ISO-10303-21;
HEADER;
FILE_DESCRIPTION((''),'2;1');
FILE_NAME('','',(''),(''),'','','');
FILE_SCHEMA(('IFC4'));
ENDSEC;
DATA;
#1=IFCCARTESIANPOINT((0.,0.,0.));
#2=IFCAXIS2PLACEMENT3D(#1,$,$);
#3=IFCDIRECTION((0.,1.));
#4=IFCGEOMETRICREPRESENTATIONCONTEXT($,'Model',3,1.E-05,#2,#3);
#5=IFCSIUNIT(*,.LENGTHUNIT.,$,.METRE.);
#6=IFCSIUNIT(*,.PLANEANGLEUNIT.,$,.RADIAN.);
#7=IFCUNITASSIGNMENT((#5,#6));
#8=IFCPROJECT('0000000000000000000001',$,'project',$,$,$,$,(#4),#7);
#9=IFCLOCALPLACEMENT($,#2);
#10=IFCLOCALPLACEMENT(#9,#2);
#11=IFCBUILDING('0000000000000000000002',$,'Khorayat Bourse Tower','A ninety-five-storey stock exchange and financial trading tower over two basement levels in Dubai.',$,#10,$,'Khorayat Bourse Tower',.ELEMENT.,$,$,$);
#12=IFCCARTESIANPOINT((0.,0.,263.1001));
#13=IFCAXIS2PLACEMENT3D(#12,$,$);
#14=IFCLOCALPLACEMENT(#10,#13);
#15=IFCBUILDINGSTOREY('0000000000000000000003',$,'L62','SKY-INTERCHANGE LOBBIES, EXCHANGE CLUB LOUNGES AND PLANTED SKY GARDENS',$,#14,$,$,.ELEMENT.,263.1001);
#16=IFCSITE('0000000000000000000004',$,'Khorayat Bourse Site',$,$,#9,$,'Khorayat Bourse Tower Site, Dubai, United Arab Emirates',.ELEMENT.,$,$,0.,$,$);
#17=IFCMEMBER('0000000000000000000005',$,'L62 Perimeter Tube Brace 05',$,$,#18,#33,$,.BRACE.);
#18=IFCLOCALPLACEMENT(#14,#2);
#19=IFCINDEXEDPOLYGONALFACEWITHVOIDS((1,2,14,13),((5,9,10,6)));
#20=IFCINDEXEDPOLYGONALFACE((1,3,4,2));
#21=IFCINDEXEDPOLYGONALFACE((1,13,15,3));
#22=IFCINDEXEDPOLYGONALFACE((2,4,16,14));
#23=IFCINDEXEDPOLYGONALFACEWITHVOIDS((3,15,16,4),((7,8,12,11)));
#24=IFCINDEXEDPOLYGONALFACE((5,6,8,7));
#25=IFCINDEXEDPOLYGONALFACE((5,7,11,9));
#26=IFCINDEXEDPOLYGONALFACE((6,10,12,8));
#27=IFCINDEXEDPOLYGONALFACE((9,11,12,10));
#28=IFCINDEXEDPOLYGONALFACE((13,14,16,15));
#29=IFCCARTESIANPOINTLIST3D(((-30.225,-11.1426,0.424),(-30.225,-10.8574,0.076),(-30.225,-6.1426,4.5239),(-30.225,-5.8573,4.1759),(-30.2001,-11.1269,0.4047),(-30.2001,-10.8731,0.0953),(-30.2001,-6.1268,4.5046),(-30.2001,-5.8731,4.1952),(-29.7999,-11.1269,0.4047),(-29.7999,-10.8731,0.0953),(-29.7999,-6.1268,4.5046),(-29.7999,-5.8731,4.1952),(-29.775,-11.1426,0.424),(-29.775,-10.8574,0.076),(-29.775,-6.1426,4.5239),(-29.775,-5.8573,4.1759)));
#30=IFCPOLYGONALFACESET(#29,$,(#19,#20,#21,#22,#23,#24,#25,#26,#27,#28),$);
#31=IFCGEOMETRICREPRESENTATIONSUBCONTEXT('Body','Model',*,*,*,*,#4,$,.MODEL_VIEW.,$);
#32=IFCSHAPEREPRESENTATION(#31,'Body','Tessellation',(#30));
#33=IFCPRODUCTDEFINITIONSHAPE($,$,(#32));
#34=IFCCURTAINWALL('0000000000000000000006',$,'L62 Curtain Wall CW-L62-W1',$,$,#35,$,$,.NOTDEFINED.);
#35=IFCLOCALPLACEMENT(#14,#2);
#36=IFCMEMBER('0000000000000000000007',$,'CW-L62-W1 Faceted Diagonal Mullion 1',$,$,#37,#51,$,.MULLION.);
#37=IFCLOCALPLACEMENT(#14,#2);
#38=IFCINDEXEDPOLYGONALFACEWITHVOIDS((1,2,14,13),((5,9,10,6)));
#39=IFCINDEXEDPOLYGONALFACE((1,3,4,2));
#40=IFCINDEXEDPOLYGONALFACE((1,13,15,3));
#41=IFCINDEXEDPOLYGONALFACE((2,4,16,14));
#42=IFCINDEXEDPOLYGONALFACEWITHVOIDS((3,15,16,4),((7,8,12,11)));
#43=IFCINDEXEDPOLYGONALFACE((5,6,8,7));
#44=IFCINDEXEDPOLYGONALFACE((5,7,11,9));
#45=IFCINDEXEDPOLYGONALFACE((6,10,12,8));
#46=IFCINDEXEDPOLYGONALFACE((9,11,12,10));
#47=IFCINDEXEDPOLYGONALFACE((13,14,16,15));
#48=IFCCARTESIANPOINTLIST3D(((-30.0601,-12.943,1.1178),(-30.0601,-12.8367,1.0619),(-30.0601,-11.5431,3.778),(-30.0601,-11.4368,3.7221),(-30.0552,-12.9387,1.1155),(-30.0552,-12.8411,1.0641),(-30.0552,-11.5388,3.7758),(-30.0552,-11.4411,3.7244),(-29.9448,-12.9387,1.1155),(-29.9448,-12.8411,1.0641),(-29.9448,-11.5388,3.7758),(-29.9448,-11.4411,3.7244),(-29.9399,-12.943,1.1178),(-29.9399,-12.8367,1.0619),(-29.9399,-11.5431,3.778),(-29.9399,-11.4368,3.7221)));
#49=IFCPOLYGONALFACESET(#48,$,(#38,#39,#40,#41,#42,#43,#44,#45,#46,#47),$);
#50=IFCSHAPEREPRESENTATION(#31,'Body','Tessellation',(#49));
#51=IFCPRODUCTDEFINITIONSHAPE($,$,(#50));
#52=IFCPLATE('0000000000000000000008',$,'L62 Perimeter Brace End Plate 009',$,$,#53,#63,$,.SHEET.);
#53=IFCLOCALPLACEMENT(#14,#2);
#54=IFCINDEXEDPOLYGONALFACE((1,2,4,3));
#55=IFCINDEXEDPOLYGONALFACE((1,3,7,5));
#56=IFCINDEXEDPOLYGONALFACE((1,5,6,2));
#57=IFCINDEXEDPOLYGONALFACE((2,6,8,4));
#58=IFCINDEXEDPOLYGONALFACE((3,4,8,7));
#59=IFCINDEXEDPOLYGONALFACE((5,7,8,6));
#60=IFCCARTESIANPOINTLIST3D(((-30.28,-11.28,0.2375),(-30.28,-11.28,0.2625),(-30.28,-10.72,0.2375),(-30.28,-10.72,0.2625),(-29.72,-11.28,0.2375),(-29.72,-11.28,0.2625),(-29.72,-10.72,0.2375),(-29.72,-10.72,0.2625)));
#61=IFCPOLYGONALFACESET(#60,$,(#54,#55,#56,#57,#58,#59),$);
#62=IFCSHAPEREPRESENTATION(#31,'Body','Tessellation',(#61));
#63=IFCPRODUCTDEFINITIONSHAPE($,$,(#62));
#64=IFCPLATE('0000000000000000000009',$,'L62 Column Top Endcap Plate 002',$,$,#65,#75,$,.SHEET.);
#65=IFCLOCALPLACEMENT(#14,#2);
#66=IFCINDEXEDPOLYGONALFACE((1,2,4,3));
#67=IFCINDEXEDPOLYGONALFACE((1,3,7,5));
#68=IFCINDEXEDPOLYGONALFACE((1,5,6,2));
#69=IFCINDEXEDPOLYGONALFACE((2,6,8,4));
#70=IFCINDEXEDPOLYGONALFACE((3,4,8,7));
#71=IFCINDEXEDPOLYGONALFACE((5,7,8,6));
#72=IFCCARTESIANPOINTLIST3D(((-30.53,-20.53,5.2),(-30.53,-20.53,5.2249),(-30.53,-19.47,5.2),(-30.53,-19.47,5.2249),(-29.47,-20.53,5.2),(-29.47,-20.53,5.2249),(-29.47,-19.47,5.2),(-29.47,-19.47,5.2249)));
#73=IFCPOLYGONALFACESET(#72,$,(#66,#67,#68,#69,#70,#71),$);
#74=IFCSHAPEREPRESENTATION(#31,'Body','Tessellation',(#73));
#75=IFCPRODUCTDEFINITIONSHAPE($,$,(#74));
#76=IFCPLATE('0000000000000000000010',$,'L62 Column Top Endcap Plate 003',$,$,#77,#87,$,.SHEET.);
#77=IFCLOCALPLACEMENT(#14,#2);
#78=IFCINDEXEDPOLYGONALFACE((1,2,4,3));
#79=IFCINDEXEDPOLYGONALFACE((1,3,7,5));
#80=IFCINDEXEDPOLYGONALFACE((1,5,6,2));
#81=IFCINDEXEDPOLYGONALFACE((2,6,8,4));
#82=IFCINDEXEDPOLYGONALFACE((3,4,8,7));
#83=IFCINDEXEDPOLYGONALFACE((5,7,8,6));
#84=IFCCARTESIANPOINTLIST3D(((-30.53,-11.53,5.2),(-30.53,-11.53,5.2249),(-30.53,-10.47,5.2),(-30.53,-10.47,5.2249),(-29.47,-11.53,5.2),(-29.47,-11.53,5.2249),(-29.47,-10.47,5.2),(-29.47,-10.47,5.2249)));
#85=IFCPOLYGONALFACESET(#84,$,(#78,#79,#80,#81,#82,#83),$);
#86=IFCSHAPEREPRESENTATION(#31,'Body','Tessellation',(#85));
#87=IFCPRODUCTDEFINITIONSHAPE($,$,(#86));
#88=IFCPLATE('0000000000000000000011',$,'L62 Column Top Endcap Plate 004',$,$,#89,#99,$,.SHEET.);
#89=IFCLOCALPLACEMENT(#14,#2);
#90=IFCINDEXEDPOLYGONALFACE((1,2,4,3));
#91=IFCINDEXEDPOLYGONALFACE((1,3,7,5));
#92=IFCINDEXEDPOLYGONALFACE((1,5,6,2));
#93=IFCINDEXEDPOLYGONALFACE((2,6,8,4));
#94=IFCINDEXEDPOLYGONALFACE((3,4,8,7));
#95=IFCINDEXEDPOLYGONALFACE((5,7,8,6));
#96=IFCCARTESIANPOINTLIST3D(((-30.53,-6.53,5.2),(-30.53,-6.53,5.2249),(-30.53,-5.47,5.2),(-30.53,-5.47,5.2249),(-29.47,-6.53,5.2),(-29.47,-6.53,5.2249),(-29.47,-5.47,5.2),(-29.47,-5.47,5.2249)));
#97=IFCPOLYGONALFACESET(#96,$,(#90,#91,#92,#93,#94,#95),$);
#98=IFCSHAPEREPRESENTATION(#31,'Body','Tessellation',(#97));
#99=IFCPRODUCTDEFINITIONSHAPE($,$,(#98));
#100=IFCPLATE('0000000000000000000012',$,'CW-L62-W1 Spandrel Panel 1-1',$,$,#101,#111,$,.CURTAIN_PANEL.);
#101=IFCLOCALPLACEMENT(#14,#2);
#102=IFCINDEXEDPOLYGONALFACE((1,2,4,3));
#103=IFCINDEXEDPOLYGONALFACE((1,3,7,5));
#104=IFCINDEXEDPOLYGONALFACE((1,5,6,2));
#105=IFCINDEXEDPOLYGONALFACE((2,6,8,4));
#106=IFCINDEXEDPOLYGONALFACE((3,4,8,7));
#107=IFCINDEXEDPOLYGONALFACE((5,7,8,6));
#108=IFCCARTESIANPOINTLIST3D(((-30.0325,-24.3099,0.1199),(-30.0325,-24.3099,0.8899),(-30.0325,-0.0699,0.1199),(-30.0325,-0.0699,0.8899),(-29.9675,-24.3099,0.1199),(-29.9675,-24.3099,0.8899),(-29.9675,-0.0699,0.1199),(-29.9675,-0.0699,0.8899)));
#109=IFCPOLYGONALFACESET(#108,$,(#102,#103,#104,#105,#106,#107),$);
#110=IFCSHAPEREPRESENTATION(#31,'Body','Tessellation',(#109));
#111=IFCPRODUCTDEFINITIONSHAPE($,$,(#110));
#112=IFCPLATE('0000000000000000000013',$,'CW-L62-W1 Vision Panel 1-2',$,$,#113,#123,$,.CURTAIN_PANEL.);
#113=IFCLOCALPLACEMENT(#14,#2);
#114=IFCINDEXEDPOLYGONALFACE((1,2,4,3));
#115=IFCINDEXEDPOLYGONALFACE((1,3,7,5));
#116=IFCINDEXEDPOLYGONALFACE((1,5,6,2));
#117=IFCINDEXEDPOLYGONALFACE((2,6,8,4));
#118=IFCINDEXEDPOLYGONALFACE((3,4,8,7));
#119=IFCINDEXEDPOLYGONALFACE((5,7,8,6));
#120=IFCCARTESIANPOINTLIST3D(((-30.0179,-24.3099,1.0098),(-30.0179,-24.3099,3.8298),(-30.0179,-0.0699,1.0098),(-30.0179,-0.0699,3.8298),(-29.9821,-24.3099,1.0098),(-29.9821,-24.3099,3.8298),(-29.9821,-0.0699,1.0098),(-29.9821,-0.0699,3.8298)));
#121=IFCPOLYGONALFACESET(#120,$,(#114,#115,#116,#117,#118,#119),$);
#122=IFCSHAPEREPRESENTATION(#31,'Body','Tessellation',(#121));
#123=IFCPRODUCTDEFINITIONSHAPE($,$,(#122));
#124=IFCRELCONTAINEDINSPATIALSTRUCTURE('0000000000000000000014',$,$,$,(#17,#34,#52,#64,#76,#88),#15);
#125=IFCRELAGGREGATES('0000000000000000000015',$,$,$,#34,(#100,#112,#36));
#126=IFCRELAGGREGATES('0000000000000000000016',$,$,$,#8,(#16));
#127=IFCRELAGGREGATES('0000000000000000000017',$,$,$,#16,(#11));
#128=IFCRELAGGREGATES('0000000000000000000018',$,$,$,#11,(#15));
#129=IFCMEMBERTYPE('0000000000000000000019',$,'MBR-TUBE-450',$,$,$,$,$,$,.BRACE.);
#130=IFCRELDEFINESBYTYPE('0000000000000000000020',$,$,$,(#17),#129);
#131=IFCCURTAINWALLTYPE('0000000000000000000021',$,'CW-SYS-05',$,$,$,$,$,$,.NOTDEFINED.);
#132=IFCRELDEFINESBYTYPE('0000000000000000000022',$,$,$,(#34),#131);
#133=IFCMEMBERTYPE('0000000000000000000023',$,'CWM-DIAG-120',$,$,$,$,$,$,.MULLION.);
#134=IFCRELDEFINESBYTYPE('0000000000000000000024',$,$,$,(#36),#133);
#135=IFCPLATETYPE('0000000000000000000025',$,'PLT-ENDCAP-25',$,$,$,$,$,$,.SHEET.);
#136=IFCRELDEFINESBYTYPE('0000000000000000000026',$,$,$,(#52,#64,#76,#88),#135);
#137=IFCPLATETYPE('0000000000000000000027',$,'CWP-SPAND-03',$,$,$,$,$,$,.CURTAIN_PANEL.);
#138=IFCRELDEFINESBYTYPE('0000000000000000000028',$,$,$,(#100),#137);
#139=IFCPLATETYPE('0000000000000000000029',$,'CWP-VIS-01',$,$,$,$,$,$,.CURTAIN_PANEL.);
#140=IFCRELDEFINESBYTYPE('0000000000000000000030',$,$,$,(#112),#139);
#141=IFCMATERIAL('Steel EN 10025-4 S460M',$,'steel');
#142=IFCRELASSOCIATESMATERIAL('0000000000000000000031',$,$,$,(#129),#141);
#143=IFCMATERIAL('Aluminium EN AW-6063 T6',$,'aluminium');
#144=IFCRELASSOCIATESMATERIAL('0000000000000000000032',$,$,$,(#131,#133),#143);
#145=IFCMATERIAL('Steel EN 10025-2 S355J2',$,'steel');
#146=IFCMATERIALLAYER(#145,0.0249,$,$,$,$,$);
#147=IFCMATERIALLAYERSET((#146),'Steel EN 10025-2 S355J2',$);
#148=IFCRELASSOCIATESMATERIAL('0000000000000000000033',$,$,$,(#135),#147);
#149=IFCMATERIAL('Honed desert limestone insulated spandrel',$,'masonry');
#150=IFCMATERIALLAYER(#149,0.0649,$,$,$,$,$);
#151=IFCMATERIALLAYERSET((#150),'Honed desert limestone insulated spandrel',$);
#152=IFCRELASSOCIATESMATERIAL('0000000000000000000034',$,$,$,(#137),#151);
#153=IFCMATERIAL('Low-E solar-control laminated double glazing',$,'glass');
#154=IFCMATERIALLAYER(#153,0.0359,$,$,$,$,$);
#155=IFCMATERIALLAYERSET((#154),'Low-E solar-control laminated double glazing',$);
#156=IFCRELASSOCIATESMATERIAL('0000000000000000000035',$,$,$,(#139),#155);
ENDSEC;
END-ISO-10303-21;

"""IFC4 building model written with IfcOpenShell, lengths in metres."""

from ifc_helpers import new_model, si_unit, direction, frame, origin, origin_2d, place, context, subcontext, project, spatial, rectangle, hollow_rectangle, extrude, source, transform, mapped, material, layer, layer_set, material_profile, profile_set, type_object, element, aggregate, save


model = new_model("IFC4")

# Units and contexts
model_context = context("Model", 3, precision=1e-05, world=origin(), true_north=direction((0.0, 1.0)))
body_context = subcontext(model_context, "Body", "Model", "MODEL_VIEW")
ifc_project = project(units=[si_unit("LENGTHUNIT", "METRE"), si_unit("PLANEANGLEUNIT", "RADIAN")], contexts=[model_context])

# Site, building, storey
site_placement = place(None, origin())
site = spatial("IfcSite", under=ifc_project, at=site_placement, Name="Khorayat Bourse Site", LongName="Khorayat Bourse Tower Site, Dubai, United Arab Emirates", CompositionType="ELEMENT", RefElevation=0.0)
building_placement = place(site_placement, origin())
building = spatial("IfcBuilding", under=site, at=building_placement, Name="Khorayat Bourse Tower", Description="A ninety-five-storey stock exchange and financial trading tower over two basement levels in Dubai.", LongName="Khorayat Bourse Tower", CompositionType="ELEMENT")
storey_placement = place(building_placement, frame((0.0, 0.0, 263.1001)))
storey = spatial("IfcBuildingStorey", under=building, at=storey_placement, Name="L62", Description="SKY-INTERCHANGE LOBBIES, EXCHANGE CLUB LOUNGES AND PLANTED SKY GARDENS", CompositionType="ELEMENT", Elevation=263.1001)

# Shared definitions
ifc_material_1 = material(Name="Steel EN 10025-4 S460M", Category="steel")

# Member
ifc_material_profile_1 = material_profile(ifc_material_1, hollow_rectangle(XDim=0.45, YDim=0.45, WallThickness=0.0249, at=origin_2d()), Name="HSS 450x450x25")
ifc_profile_set_1 = profile_set([ifc_material_profile_1], Name="Steel EN 10025-4 S460M")
member_type_1 = type_object("IfcMemberType", Name="MBR-TUBE-450", PredefinedType="BRACE", material=ifc_profile_set_1)
shared_shape_1 = source(origin(), body_context, "Body", "SweptSolid", [
    extrude(hollow_rectangle(XDim=0.45, YDim=0.45, WallThickness=0.0249, at=origin_2d()), origin(), (0.0, 0.0, 1.0), 6.4661),
])
member_1_placement = place(storey_placement, frame((-30.0, -11.0, 0.25), z_axis=(0.0, 0.773279, 0.634066), x_axis=(-1.0, 0.0, 0.0)))
element("IfcMember", 1, at=member_1_placement, inside=storey, type_object=member_type_1, Name="L62 Perimeter Tube Brace 05", PredefinedType="BRACE", context=body_context, shape_type="MappedRepresentation", body=[
    mapped(shared_shape_1, transform((0.0, 0.0, 0.0), scale=1.0)),
])

# Curtain wall, member
ifc_material_2 = material(Name="Aluminium EN AW-6063 T6", Category="aluminium")
curtain_wall_type = type_object("IfcCurtainWallType", Name="CW-SYS-05", PredefinedType="NOTDEFINED", material=ifc_material_2)
curtain_wall_placement = place(storey_placement, origin())
curtain_wall = element("IfcCurtainWall", 2, at=curtain_wall_placement, inside=storey, type_object=curtain_wall_type, Name="L62 Curtain Wall CW-L62-W1", PredefinedType="NOTDEFINED")
ifc_material_profile_2 = material_profile(ifc_material_2, hollow_rectangle(XDim=0.1201, YDim=0.1201, WallThickness=0.0049, at=origin_2d()), Name="ALU 120x120x5")
ifc_profile_set_2 = profile_set([ifc_material_profile_2], Name="Aluminium EN AW-6063 T6")
member_type_2 = type_object("IfcMemberType", Name="CWM-DIAG-120", PredefinedType="MULLION", material=ifc_profile_set_2)
shared_shape_2 = source(origin(), body_context, "Body", "SweptSolid", [
    extrude(hollow_rectangle(XDim=0.1201, YDim=0.1201, WallThickness=0.0049, at=origin_2d()), origin(), (0.0, 0.0, 1.0), 3.0061),
])
member_2_placement = place(storey_placement, frame((-30.0, -12.8899, 1.0898), z_axis=(0.0, 0.4657, 0.884943), x_axis=(-1.0, 0.0, 0.0)))
member_2 = element("IfcMember", 3, at=member_2_placement, type_object=member_type_2, Name="CW-L62-W1 Faceted Diagonal Mullion 1", PredefinedType="MULLION", context=body_context, shape_type="MappedRepresentation", body=[
    mapped(shared_shape_2, transform((0.0, 0.0, 0.0), scale=1.0)),
])

# Plates
ifc_material_3 = material(Name="Steel EN 10025-2 S355J2", Category="steel")
ifc_layer_1 = layer(ifc_material_3, 0.0249)
ifc_layer_set_1 = layer_set([ifc_layer_1], Name="Steel EN 10025-2 S355J2")
plate_type_1 = type_object("IfcPlateType", Name="PLT-ENDCAP-25", PredefinedType="SHEET", material=ifc_layer_set_1)
shared_shape_3 = source(origin(), body_context, "Body", "SweptSolid", [
    extrude(rectangle(XDim=0.5601, YDim=0.5601, at=origin_2d()), origin(), (0.0, 0.0, 1.0), 0.0249),
])
plate_1_placement = place(storey_placement, frame((-30.0, -11.0, 0.2375), z_axis=(0.0, 0.0, 1.0), x_axis=(1.0, 0.0, 0.0)))
element("IfcPlate", 4, at=plate_1_placement, inside=storey, type_object=plate_type_1, Name="L62 Perimeter Brace End Plate 009", PredefinedType="SHEET", context=body_context, shape_type="MappedRepresentation", body=[
    mapped(shared_shape_3, transform((0.0, 0.0, 0.0), scale=1.0)),
])
shared_shape_4 = source(origin(), body_context, "Body", "SweptSolid", [
    extrude(rectangle(XDim=1.0601, YDim=1.0601, at=origin_2d()), origin(), (0.0, 0.0, 1.0), 0.0249),
])
for number, where, z_axis, x_axis, name in (
    (5, (-30.0, -20.0, 5.2), (0.0, 0.0, 1.0), (1.0, 0.0, 0.0), "L62 Column Top Endcap Plate 002"),
    (6, (-30.0, -11.0, 5.2), (0.0, 0.0, 1.0), (1.0, 0.0, 0.0), "L62 Column Top Endcap Plate 003"),
    (7, (-30.0, -6.0, 5.2), (0.0, 0.0, 1.0), (1.0, 0.0, 0.0), "L62 Column Top Endcap Plate 004"),
):
    element("IfcPlate", number, at=place(storey_placement, frame(where, z_axis=z_axis, x_axis=x_axis)), inside=storey, type_object=plate_type_1, Name=name, PredefinedType="SHEET", context=body_context, shape_type="MappedRepresentation", body=[
        mapped(shared_shape_4, transform((0.0, 0.0, 0.0), scale=1.0)),
    ])

# Plates
ifc_material_4 = material(Name="Honed desert limestone insulated spandrel", Category="masonry")
ifc_layer_2 = layer(ifc_material_4, 0.0649)
ifc_layer_set_2 = layer_set([ifc_layer_2], Name="Honed desert limestone insulated spandrel")
plate_type_2 = type_object("IfcPlateType", Name="CWP-SPAND-03", PredefinedType="CURTAIN_PANEL", material=ifc_layer_set_2)
shared_shape_5 = source(origin(), body_context, "Body", "SweptSolid", [
    extrude(rectangle(XDim=24.24, YDim=0.0649, at=origin_2d()), origin(), (0.0, 0.0, 1.0), 0.77),
])
plate_2_placement = place(storey_placement, frame((-30.0, -12.1899, 0.1199), z_axis=(0.0, 0.0, 1.0), x_axis=(0.0, 1.0, 0.0)))
plate_2 = element("IfcPlate", 8, at=plate_2_placement, type_object=plate_type_2, Name="CW-L62-W1 Spandrel Panel 1-1", PredefinedType="CURTAIN_PANEL", context=body_context, shape_type="MappedRepresentation", body=[
    mapped(shared_shape_5, transform((0.0, 0.0, 0.0), scale=1.0)),
])
ifc_material_5 = material(Name="Low-E solar-control laminated double glazing", Category="glass")
ifc_layer_3 = layer(ifc_material_5, 0.0359)
ifc_layer_set_3 = layer_set([ifc_layer_3], Name="Low-E solar-control laminated double glazing")
plate_type_3 = type_object("IfcPlateType", Name="CWP-VIS-01", PredefinedType="CURTAIN_PANEL", material=ifc_layer_set_3)
shared_shape_6 = source(origin(), body_context, "Body", "SweptSolid", [
    extrude(rectangle(XDim=24.24, YDim=0.0359, at=origin_2d()), origin(), (0.0, 0.0, 1.0), 2.8201),
])
plate_3_placement = place(storey_placement, frame((-30.0, -12.1899, 1.0098), z_axis=(0.0, 0.0, 1.0), x_axis=(0.0, 1.0, 0.0)))
plate_3 = element("IfcPlate", 9, at=plate_3_placement, type_object=plate_type_3, Name="CW-L62-W1 Vision Panel 1-2", PredefinedType="CURTAIN_PANEL", context=body_context, shape_type="MappedRepresentation", body=[
    mapped(shared_shape_6, transform((0.0, 0.0, 0.0), scale=1.0)),
])
aggregate(curtain_wall, [plate_2, plate_3, member_2])

save(model, "model.ifc")
